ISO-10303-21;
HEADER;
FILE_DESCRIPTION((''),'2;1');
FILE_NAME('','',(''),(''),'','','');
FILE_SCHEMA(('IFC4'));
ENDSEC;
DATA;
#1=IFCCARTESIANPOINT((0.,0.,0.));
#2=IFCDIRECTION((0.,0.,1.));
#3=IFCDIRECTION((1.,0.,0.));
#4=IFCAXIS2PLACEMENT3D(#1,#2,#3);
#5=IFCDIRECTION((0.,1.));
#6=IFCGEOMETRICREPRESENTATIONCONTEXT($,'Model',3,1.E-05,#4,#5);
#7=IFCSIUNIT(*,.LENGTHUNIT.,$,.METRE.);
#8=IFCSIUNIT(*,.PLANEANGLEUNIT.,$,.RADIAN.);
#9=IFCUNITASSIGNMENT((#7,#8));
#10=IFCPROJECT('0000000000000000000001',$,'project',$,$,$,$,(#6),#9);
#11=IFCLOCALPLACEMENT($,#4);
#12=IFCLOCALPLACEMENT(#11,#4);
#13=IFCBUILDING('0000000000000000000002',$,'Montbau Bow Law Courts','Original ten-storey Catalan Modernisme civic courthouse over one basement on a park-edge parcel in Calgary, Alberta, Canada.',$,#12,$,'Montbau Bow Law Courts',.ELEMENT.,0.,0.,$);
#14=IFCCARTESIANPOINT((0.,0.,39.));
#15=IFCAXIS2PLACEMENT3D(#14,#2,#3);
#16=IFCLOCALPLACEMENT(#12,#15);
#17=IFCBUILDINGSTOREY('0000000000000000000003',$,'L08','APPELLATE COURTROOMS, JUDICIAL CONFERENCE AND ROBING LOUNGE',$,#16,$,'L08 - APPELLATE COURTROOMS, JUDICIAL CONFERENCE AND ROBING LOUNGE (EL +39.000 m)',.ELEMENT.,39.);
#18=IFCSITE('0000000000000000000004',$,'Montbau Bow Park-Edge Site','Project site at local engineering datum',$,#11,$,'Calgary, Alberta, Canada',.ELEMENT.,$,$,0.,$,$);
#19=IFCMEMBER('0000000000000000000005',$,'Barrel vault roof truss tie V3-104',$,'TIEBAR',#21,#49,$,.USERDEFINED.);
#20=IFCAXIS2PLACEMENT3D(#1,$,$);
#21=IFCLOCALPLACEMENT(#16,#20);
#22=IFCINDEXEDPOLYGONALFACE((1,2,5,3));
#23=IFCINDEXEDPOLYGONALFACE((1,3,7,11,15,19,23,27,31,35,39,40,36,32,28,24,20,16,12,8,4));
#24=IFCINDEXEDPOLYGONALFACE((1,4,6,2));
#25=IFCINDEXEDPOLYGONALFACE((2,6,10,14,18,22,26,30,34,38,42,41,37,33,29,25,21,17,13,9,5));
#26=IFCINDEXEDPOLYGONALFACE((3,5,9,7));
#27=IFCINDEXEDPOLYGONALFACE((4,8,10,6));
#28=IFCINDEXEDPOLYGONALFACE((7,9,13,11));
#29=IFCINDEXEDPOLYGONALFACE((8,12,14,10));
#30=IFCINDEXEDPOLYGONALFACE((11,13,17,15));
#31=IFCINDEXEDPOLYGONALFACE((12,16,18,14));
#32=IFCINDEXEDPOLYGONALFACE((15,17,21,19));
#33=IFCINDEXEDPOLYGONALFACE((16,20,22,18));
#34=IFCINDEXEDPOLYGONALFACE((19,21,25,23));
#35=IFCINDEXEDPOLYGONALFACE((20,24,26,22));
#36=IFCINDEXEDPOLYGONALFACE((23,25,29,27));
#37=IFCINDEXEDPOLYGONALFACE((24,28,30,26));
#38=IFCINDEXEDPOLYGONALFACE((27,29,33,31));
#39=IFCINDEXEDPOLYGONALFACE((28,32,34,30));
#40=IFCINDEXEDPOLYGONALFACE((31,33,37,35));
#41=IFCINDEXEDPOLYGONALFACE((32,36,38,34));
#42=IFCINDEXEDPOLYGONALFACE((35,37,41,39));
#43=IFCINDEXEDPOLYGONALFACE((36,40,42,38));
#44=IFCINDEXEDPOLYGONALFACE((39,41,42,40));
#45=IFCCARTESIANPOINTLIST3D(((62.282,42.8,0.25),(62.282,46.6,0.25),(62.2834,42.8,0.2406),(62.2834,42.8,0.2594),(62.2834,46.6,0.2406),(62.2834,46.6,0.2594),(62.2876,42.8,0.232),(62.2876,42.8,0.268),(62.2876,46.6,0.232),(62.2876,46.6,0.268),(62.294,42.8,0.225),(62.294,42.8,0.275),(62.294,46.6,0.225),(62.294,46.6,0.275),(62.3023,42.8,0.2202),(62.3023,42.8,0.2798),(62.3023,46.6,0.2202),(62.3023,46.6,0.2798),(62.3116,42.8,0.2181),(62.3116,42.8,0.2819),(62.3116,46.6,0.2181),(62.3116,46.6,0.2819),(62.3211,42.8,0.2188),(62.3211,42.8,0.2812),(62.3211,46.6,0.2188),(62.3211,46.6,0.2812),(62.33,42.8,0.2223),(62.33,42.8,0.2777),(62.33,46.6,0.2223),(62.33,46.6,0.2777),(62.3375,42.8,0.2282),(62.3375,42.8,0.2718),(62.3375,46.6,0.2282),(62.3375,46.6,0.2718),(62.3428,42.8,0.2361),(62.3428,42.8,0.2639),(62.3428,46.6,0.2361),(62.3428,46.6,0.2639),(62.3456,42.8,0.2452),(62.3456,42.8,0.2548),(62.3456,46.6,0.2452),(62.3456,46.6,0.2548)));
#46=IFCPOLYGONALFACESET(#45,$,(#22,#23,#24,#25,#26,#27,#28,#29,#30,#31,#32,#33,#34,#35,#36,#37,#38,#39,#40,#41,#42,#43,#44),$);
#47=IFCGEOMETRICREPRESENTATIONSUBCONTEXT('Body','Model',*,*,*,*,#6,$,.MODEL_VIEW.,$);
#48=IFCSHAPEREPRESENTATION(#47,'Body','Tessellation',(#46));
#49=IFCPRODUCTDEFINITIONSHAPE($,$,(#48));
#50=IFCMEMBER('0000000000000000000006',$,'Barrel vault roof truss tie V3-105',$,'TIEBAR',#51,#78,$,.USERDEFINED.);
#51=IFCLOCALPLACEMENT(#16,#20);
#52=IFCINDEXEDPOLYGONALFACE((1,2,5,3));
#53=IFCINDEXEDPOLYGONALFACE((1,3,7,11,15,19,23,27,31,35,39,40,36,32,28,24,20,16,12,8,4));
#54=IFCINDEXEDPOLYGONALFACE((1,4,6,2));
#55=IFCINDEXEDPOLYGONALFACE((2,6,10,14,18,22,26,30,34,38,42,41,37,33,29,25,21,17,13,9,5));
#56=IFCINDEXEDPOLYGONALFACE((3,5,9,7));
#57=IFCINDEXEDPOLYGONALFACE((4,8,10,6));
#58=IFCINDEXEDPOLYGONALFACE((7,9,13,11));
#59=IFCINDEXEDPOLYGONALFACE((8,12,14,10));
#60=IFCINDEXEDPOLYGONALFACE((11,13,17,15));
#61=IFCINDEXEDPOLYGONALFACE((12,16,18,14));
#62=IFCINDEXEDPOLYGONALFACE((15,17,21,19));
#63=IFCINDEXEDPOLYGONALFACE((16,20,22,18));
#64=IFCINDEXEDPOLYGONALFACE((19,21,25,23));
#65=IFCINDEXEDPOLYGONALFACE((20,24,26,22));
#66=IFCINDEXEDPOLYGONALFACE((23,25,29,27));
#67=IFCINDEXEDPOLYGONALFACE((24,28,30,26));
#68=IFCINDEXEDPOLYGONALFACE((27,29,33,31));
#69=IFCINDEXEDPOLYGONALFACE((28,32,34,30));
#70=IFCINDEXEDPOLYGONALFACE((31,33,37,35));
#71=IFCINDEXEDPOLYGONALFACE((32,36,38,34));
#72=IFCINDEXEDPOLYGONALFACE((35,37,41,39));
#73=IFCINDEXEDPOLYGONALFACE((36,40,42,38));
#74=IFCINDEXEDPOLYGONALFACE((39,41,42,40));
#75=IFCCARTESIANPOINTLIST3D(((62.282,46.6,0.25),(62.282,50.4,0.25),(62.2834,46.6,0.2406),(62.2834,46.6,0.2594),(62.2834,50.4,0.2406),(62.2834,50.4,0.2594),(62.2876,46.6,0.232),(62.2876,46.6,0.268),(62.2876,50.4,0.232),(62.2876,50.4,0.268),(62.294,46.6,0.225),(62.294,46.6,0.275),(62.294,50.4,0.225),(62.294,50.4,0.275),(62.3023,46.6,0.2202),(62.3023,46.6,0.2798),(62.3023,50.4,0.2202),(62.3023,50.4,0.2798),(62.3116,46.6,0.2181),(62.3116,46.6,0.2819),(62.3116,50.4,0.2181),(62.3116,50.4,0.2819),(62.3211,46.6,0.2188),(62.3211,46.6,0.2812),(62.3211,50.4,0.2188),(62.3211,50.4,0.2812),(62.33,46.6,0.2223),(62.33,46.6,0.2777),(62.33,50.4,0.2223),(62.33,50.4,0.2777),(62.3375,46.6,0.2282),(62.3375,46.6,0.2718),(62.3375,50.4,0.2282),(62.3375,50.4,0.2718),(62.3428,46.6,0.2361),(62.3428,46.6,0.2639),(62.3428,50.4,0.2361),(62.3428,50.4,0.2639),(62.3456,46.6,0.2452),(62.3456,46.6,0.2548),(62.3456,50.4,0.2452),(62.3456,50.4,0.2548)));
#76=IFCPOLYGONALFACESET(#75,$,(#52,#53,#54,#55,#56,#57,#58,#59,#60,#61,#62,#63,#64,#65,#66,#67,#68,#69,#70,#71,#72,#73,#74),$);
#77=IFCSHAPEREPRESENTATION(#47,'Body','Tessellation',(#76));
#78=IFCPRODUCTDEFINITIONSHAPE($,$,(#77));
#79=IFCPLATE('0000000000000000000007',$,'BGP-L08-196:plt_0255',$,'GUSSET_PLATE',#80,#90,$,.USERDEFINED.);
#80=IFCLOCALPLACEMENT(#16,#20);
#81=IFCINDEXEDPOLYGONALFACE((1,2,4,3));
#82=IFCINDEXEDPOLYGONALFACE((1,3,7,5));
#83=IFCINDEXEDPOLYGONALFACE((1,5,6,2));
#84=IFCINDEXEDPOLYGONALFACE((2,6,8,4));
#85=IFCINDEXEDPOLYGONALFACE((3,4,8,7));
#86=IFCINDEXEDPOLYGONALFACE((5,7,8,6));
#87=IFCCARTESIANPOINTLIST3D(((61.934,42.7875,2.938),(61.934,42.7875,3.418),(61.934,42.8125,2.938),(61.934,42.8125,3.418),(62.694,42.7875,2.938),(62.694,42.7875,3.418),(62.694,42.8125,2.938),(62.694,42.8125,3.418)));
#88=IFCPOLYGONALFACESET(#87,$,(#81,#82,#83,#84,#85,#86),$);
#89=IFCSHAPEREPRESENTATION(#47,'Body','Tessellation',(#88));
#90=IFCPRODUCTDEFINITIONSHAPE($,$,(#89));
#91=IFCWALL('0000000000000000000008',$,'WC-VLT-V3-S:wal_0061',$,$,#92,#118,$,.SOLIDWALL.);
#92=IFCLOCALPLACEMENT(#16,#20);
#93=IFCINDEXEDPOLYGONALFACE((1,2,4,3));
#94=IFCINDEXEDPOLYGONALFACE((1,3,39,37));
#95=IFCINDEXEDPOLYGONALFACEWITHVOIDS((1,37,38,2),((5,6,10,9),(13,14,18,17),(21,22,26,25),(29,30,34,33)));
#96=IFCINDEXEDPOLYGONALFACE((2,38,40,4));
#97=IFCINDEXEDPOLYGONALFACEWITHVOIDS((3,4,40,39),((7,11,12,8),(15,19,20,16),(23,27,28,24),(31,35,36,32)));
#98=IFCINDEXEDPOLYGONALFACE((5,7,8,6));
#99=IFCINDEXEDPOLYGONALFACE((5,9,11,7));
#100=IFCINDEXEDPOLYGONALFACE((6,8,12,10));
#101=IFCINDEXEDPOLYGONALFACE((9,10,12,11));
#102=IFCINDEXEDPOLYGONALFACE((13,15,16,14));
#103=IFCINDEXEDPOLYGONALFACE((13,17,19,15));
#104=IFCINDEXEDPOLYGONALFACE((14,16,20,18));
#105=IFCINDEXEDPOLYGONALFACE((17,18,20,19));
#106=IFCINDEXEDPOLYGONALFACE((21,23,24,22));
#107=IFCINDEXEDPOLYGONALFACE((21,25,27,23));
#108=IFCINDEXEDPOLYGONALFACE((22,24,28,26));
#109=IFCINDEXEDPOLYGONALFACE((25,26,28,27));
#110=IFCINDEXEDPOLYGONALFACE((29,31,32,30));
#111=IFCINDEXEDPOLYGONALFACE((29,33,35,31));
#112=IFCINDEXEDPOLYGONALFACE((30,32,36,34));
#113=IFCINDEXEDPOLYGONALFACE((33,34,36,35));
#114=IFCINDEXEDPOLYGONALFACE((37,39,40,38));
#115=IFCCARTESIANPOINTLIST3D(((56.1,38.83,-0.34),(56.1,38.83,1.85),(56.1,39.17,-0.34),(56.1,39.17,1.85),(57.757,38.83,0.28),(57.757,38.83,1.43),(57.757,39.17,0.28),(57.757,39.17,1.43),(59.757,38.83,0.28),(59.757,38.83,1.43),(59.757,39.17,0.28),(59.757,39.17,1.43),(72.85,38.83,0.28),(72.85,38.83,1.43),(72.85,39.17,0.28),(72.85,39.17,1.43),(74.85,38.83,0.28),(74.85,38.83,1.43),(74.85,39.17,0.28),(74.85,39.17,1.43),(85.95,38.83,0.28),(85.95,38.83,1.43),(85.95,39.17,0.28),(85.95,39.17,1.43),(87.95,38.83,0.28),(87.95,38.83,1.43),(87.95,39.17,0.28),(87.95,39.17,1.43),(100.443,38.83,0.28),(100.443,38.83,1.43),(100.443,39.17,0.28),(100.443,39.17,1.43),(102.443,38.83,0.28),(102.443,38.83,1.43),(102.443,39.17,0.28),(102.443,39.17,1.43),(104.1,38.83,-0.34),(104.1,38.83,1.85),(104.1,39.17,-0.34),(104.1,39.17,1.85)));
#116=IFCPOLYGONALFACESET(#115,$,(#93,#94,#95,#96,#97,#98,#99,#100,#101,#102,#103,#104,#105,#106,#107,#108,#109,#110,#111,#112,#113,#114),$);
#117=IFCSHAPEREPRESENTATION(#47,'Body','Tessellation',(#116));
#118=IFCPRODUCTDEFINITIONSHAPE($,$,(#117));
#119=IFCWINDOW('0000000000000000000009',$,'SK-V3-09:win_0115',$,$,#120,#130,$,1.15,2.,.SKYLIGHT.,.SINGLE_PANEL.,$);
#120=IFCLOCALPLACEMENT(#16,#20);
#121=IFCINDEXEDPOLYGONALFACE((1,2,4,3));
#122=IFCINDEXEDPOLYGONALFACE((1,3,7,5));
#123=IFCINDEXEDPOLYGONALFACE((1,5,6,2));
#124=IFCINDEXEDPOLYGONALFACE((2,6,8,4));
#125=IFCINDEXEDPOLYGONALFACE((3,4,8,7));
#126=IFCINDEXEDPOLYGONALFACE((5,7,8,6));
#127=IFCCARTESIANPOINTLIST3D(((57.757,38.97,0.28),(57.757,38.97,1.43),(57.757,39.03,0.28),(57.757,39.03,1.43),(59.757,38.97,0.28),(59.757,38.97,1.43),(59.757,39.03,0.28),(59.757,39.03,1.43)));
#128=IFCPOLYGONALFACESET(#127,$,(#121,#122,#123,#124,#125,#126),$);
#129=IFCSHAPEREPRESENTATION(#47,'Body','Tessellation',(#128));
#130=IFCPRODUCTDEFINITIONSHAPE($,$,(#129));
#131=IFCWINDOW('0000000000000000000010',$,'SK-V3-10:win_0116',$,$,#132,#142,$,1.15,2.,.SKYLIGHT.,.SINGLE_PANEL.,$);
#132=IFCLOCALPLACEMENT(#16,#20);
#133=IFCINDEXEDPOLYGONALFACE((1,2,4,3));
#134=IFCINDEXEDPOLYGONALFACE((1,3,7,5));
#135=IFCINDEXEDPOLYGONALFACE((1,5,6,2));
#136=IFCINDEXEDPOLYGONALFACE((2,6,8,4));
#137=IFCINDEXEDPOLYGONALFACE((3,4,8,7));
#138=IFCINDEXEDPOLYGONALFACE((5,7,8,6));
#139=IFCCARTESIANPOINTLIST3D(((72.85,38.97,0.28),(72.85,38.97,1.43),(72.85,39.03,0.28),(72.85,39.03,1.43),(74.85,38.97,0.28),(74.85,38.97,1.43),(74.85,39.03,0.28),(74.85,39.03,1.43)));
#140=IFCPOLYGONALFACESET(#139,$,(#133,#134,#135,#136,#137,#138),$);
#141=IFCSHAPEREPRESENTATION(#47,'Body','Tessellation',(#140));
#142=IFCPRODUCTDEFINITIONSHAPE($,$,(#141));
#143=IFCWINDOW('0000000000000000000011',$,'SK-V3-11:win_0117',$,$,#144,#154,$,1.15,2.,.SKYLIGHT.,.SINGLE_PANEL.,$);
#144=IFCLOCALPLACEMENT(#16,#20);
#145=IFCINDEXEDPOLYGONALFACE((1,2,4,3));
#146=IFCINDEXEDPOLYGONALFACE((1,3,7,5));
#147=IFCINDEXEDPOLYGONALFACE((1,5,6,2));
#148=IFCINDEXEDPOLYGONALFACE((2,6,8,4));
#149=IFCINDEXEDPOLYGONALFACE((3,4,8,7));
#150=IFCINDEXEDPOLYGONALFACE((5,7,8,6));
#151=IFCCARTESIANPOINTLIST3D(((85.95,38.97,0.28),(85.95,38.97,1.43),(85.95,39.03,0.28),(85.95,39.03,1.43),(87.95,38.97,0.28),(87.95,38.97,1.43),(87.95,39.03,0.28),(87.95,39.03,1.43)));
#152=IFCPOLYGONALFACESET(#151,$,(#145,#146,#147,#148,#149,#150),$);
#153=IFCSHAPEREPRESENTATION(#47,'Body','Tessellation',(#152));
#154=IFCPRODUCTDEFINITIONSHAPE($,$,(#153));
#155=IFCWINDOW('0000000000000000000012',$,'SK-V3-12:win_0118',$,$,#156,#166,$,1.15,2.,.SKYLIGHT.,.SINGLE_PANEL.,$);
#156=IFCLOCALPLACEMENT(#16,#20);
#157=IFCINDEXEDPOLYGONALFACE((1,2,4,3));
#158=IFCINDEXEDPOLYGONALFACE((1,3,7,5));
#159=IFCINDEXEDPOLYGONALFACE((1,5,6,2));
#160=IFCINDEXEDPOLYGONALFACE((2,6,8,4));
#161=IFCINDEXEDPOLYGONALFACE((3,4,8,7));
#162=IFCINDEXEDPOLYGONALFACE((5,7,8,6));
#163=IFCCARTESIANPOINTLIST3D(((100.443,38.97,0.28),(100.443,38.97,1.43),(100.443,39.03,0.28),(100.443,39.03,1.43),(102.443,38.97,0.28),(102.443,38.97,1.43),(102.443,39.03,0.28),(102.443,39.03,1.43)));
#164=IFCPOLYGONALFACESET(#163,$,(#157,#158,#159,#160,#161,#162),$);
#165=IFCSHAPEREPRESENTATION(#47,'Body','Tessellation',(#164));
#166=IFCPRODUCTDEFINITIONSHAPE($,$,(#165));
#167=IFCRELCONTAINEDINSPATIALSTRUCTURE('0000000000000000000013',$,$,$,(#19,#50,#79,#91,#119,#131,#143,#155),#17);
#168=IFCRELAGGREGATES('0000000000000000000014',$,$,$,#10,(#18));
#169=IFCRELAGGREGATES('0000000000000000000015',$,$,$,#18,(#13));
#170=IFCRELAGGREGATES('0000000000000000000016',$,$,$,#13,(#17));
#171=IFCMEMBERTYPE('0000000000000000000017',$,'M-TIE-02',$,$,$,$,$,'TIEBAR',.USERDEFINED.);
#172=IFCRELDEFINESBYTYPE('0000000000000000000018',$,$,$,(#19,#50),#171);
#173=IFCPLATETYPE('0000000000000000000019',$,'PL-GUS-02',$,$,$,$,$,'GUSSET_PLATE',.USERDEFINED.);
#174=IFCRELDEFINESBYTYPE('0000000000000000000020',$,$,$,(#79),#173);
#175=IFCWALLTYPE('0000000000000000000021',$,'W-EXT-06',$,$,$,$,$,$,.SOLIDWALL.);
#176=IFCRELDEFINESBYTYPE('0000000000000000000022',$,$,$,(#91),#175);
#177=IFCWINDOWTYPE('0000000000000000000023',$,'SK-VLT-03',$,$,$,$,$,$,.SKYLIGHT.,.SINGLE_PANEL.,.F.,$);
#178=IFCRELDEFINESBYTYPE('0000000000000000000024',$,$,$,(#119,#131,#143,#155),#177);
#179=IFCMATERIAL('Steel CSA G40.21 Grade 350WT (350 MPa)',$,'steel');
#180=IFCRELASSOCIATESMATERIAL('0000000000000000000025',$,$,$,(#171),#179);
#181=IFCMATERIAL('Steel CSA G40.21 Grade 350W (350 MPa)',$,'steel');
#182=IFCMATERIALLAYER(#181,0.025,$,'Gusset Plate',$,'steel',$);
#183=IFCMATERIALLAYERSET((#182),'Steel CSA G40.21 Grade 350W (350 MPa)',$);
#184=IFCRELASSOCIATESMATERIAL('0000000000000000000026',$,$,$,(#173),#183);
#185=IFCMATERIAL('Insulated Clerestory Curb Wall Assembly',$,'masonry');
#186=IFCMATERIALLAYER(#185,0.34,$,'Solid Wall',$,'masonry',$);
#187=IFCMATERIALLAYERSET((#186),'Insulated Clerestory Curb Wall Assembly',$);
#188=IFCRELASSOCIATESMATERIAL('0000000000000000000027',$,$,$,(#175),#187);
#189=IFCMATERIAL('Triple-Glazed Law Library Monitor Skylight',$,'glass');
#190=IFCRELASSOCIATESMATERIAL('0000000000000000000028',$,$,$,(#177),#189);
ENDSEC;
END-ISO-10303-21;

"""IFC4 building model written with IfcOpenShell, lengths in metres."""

from ifc_helpers import new_model, si_unit, direction, frame, frame_2d, origin_with_axes, origin_2d_with_axis, place, context, subcontext, project, spatial, rectangle, circle, extrude, material, layer, layer_set, material_profile, profile_set, type_object, element, fill, save


model = new_model("IFC4")

# Units and contexts
model_context = context("Model", 3, precision=1e-05, world=origin_with_axes(), true_north=direction((0.0, 1.0)))
body_context = subcontext(model_context, "Body", "Model", "MODEL_VIEW")
ifc_project = project(units=[si_unit("LENGTHUNIT", "METRE"), si_unit("PLANEANGLEUNIT", "RADIAN")], contexts=[model_context])

# Site, building, storey
site_placement = place(None, origin_with_axes())
site = spatial("IfcSite", under=ifc_project, at=site_placement, Name="Montbau Bow Park-Edge Site", Description="Project site at local engineering datum", LongName="Calgary, Alberta, Canada", CompositionType="ELEMENT", RefElevation=0.0)
building_placement = place(site_placement, origin_with_axes())
building = spatial("IfcBuilding", under=site, at=building_placement, Name="Montbau Bow Law Courts", Description="Original ten-storey Catalan Modernisme civic courthouse over one basement on a park-edge parcel in Calgary, Alberta, Canada.", LongName="Montbau Bow Law Courts", CompositionType="ELEMENT", ElevationOfRefHeight=0.0, ElevationOfTerrain=0.0)
storey_placement = place(building_placement, frame((0.0, 0.0, 39.0), z_axis=(0.0, 0.0, 1.0), x_axis=(1.0, 0.0, 0.0)))
storey = spatial("IfcBuildingStorey", under=building, at=storey_placement, Name="L08", Description="APPELLATE COURTROOMS, JUDICIAL CONFERENCE AND ROBING LOUNGE", LongName="L08 - APPELLATE COURTROOMS, JUDICIAL CONFERENCE AND ROBING LOUNGE (EL +39.000 m)", CompositionType="ELEMENT", Elevation=39.0)

# Shared definitions
ifc_material_1 = material(Name="Steel CSA G40.21 Grade 350W (350 MPa)", Category="steel")

# Shared definitions
ifc_material_2 = material(Name="Steel CSA G40.21 Grade 350WT (350 MPa)", Category="steel")

# Members
ifc_material_profile_1 = material_profile(ifc_material_2, circle(Radius=0.032, at=origin_2d_with_axis()), Name="ROD64", Category="Main", Priority=0)
ifc_profile_set_1 = profile_set([ifc_material_profile_1], Name="Steel CSA G40.21 Grade 350WT (350 MPa)")
member_type_1 = type_object("IfcMemberType", Name="M-TIE-02", ElementType="TIEBAR", PredefinedType="USERDEFINED", material=ifc_profile_set_1)
for number, where, z_axis, x_axis, name in (
    (1, (62.314, 42.8, 39.25), (0.0, 1.0, 0.0), (-1.0, 0.0, 0.0), "Barrel vault roof truss tie V3-104"),
    (2, (62.314, 46.6, 39.25), (0.0, 1.0, 0.0), (-1.0, 0.0, 0.0), "Barrel vault roof truss tie V3-105"),
):
    element("IfcMember", number, at=place(None, frame(where, z_axis=z_axis, x_axis=x_axis)), inside=storey, type_object=member_type_1, Name=name, ObjectType="TIEBAR", PredefinedType="USERDEFINED", context=body_context, shape_type="SweptSolid", body=[
        extrude(circle(Radius=0.032, at=origin_2d_with_axis()), origin_with_axes(), (0.0, 0.0, 1.0), 3.8),
    ])

# Plate
ifc_layer_1 = layer(ifc_material_1, 0.025, Name="Gusset Plate", Category="steel")
ifc_layer_set_1 = layer_set([ifc_layer_1], Name="Steel CSA G40.21 Grade 350W (350 MPa)")
plate_type = type_object("IfcPlateType", Name="PL-GUS-02", ElementType="GUSSET_PLATE", PredefinedType="USERDEFINED", material=ifc_layer_set_1)
plate_placement = place(None, frame((62.314, 42.8, 41.938), z_axis=(0.0, 0.0, 1.0), x_axis=(1.0, 0.0, 0.0)))
element("IfcPlate", 3, at=plate_placement, inside=storey, type_object=plate_type, Name="BGP-L08-196:plt_0255", ObjectType="GUSSET_PLATE", PredefinedType="USERDEFINED", context=body_context, shape_type="SweptSolid", body=[
    extrude(rectangle(XDim=0.76, YDim=0.025, at=origin_2d_with_axis()), origin_with_axes(), (0.0, 0.0, 1.0), 0.48),
])

# Wall, openings, windows
ifc_material_3 = material(Name="Insulated Clerestory Curb Wall Assembly", Category="masonry")
ifc_layer_2 = layer(ifc_material_3, 0.34, Name="Solid Wall", Category="masonry")
ifc_layer_set_2 = layer_set([ifc_layer_2], Name="Insulated Clerestory Curb Wall Assembly")
wall_type = type_object("IfcWallType", Name="W-EXT-06", PredefinedType="SOLIDWALL", material=ifc_layer_set_2)
wall_placement = place(None, frame((56.1, 39.0, 38.66), z_axis=(0.0, 0.0, 1.0), x_axis=(1.0, 0.0, 0.0)))
wall = element("IfcWall", 4, at=wall_placement, inside=storey, type_object=wall_type, Name="WC-VLT-V3-S:wal_0061", PredefinedType="SOLIDWALL", context=body_context, shape_type="SweptSolid", body=[
    extrude(rectangle(XDim=48.0, YDim=0.34, at=frame_2d((24.0, 0.0), x_axis=(1.0, 0.0))), origin_with_axes(), (0.0, 0.0, 1.0), 2.19),
])
opening_1_placement = place(None, frame((58.757, 39.0, 39.28), z_axis=(0.0, 0.0, 1.0), x_axis=(1.0, 0.0, 0.0)))
opening_1 = element("IfcOpeningElement", 5, at=opening_1_placement, cuts=wall, PredefinedType="OPENING", context=body_context, shape_type="SweptSolid", body=[
    extrude(rectangle(XDim=2.0, YDim=1.15, at=frame_2d((0.0, 0.575), x_axis=(1.0, 0.0))), frame((0.0, 0.18, 0.0), z_axis=(0.0, -1.0, 0.0), x_axis=(1.0, 0.0, 0.0)), (0.0, 0.0, 1.0), 0.36),
])
opening_2_placement = place(None, frame((73.85, 39.0, 39.28), z_axis=(0.0, 0.0, 1.0), x_axis=(1.0, 0.0, 0.0)))
opening_2 = element("IfcOpeningElement", 6, at=opening_2_placement, cuts=wall, PredefinedType="OPENING", context=body_context, shape_type="SweptSolid", body=[
    extrude(rectangle(XDim=2.0, YDim=1.15, at=frame_2d((0.0, 0.575), x_axis=(1.0, 0.0))), frame((0.0, 0.18, 0.0), z_axis=(0.0, -1.0, 0.0), x_axis=(1.0, 0.0, 0.0)), (0.0, 0.0, 1.0), 0.36),
])
opening_3_placement = place(None, frame((86.95, 39.0, 39.28), z_axis=(0.0, 0.0, 1.0), x_axis=(1.0, 0.0, 0.0)))
opening_3 = element("IfcOpeningElement", 7, at=opening_3_placement, cuts=wall, PredefinedType="OPENING", context=body_context, shape_type="SweptSolid", body=[
    extrude(rectangle(XDim=2.0, YDim=1.15, at=frame_2d((0.0, 0.575), x_axis=(1.0, 0.0))), frame((0.0, 0.18, 0.0), z_axis=(0.0, -1.0, 0.0), x_axis=(1.0, 0.0, 0.0)), (0.0, 0.0, 1.0), 0.36),
])
opening_4_placement = place(None, frame((101.443, 39.0, 39.28), z_axis=(0.0, 0.0, 1.0), x_axis=(1.0, 0.0, 0.0)))
opening_4 = element("IfcOpeningElement", 8, at=opening_4_placement, cuts=wall, PredefinedType="OPENING", context=body_context, shape_type="SweptSolid", body=[
    extrude(rectangle(XDim=2.0, YDim=1.15, at=frame_2d((0.0, 0.575), x_axis=(1.0, 0.0))), frame((0.0, 0.18, 0.0), z_axis=(0.0, -1.0, 0.0), x_axis=(1.0, 0.0, 0.0)), (0.0, 0.0, 1.0), 0.36),
])
ifc_material_4 = material(Name="Triple-Glazed Law Library Monitor Skylight", Category="glass")
window_type = type_object("IfcWindowType", Name="SK-VLT-03", ParameterTakesPrecedence=False, PartitioningType="SINGLE_PANEL", PredefinedType="SKYLIGHT", material=ifc_material_4)
window_1_placement = place(None, frame((58.757, 39.0, 39.28), z_axis=(0.0, 0.0, 1.0), x_axis=(1.0, 0.0, 0.0)))
window_1 = element("IfcWindow", 9, at=window_1_placement, inside=storey, type_object=window_type, Name="SK-V3-09:win_0115", OverallHeight=1.15, OverallWidth=2.0, PartitioningType="SINGLE_PANEL", PredefinedType="SKYLIGHT", context=body_context, shape_type="SweptSolid", body=[
    extrude(rectangle(XDim=2.0, YDim=1.15, at=frame_2d((0.0, 0.575), x_axis=(1.0, 0.0))), frame((0.0, 0.03, 0.0), z_axis=(0.0, -1.0, 0.0), x_axis=(1.0, 0.0, 0.0)), (0.0, 0.0, 1.0), 0.06),
])
fill(opening_1, window_1)
window_2_placement = place(None, frame((73.85, 39.0, 39.28), z_axis=(0.0, 0.0, 1.0), x_axis=(1.0, 0.0, 0.0)))
window_2 = element("IfcWindow", 10, at=window_2_placement, inside=storey, type_object=window_type, Name="SK-V3-10:win_0116", OverallHeight=1.15, OverallWidth=2.0, PartitioningType="SINGLE_PANEL", PredefinedType="SKYLIGHT", context=body_context, shape_type="SweptSolid", body=[
    extrude(rectangle(XDim=2.0, YDim=1.15, at=frame_2d((0.0, 0.575), x_axis=(1.0, 0.0))), frame((0.0, 0.03, 0.0), z_axis=(0.0, -1.0, 0.0), x_axis=(1.0, 0.0, 0.0)), (0.0, 0.0, 1.0), 0.06),
])
fill(opening_2, window_2)
window_3_placement = place(None, frame((86.95, 39.0, 39.28), z_axis=(0.0, 0.0, 1.0), x_axis=(1.0, 0.0, 0.0)))
window_3 = element("IfcWindow", 11, at=window_3_placement, inside=storey, type_object=window_type, Name="SK-V3-11:win_0117", OverallHeight=1.15, OverallWidth=2.0, PartitioningType="SINGLE_PANEL", PredefinedType="SKYLIGHT", context=body_context, shape_type="SweptSolid", body=[
    extrude(rectangle(XDim=2.0, YDim=1.15, at=frame_2d((0.0, 0.575), x_axis=(1.0, 0.0))), frame((0.0, 0.03, 0.0), z_axis=(0.0, -1.0, 0.0), x_axis=(1.0, 0.0, 0.0)), (0.0, 0.0, 1.0), 0.06),
])
fill(opening_3, window_3)
window_4_placement = place(None, frame((101.443, 39.0, 39.28), z_axis=(0.0, 0.0, 1.0), x_axis=(1.0, 0.0, 0.0)))
window_4 = element("IfcWindow", 12, at=window_4_placement, inside=storey, type_object=window_type, Name="SK-V3-12:win_0118", OverallHeight=1.15, OverallWidth=2.0, PartitioningType="SINGLE_PANEL", PredefinedType="SKYLIGHT", context=body_context, shape_type="SweptSolid", body=[
    extrude(rectangle(XDim=2.0, YDim=1.15, at=frame_2d((0.0, 0.575), x_axis=(1.0, 0.0))), frame((0.0, 0.03, 0.0), z_axis=(0.0, -1.0, 0.0), x_axis=(1.0, 0.0, 0.0)), (0.0, 0.0, 1.0), 0.06),
])
fill(opening_4, window_4)

save(model, "model.ifc")
